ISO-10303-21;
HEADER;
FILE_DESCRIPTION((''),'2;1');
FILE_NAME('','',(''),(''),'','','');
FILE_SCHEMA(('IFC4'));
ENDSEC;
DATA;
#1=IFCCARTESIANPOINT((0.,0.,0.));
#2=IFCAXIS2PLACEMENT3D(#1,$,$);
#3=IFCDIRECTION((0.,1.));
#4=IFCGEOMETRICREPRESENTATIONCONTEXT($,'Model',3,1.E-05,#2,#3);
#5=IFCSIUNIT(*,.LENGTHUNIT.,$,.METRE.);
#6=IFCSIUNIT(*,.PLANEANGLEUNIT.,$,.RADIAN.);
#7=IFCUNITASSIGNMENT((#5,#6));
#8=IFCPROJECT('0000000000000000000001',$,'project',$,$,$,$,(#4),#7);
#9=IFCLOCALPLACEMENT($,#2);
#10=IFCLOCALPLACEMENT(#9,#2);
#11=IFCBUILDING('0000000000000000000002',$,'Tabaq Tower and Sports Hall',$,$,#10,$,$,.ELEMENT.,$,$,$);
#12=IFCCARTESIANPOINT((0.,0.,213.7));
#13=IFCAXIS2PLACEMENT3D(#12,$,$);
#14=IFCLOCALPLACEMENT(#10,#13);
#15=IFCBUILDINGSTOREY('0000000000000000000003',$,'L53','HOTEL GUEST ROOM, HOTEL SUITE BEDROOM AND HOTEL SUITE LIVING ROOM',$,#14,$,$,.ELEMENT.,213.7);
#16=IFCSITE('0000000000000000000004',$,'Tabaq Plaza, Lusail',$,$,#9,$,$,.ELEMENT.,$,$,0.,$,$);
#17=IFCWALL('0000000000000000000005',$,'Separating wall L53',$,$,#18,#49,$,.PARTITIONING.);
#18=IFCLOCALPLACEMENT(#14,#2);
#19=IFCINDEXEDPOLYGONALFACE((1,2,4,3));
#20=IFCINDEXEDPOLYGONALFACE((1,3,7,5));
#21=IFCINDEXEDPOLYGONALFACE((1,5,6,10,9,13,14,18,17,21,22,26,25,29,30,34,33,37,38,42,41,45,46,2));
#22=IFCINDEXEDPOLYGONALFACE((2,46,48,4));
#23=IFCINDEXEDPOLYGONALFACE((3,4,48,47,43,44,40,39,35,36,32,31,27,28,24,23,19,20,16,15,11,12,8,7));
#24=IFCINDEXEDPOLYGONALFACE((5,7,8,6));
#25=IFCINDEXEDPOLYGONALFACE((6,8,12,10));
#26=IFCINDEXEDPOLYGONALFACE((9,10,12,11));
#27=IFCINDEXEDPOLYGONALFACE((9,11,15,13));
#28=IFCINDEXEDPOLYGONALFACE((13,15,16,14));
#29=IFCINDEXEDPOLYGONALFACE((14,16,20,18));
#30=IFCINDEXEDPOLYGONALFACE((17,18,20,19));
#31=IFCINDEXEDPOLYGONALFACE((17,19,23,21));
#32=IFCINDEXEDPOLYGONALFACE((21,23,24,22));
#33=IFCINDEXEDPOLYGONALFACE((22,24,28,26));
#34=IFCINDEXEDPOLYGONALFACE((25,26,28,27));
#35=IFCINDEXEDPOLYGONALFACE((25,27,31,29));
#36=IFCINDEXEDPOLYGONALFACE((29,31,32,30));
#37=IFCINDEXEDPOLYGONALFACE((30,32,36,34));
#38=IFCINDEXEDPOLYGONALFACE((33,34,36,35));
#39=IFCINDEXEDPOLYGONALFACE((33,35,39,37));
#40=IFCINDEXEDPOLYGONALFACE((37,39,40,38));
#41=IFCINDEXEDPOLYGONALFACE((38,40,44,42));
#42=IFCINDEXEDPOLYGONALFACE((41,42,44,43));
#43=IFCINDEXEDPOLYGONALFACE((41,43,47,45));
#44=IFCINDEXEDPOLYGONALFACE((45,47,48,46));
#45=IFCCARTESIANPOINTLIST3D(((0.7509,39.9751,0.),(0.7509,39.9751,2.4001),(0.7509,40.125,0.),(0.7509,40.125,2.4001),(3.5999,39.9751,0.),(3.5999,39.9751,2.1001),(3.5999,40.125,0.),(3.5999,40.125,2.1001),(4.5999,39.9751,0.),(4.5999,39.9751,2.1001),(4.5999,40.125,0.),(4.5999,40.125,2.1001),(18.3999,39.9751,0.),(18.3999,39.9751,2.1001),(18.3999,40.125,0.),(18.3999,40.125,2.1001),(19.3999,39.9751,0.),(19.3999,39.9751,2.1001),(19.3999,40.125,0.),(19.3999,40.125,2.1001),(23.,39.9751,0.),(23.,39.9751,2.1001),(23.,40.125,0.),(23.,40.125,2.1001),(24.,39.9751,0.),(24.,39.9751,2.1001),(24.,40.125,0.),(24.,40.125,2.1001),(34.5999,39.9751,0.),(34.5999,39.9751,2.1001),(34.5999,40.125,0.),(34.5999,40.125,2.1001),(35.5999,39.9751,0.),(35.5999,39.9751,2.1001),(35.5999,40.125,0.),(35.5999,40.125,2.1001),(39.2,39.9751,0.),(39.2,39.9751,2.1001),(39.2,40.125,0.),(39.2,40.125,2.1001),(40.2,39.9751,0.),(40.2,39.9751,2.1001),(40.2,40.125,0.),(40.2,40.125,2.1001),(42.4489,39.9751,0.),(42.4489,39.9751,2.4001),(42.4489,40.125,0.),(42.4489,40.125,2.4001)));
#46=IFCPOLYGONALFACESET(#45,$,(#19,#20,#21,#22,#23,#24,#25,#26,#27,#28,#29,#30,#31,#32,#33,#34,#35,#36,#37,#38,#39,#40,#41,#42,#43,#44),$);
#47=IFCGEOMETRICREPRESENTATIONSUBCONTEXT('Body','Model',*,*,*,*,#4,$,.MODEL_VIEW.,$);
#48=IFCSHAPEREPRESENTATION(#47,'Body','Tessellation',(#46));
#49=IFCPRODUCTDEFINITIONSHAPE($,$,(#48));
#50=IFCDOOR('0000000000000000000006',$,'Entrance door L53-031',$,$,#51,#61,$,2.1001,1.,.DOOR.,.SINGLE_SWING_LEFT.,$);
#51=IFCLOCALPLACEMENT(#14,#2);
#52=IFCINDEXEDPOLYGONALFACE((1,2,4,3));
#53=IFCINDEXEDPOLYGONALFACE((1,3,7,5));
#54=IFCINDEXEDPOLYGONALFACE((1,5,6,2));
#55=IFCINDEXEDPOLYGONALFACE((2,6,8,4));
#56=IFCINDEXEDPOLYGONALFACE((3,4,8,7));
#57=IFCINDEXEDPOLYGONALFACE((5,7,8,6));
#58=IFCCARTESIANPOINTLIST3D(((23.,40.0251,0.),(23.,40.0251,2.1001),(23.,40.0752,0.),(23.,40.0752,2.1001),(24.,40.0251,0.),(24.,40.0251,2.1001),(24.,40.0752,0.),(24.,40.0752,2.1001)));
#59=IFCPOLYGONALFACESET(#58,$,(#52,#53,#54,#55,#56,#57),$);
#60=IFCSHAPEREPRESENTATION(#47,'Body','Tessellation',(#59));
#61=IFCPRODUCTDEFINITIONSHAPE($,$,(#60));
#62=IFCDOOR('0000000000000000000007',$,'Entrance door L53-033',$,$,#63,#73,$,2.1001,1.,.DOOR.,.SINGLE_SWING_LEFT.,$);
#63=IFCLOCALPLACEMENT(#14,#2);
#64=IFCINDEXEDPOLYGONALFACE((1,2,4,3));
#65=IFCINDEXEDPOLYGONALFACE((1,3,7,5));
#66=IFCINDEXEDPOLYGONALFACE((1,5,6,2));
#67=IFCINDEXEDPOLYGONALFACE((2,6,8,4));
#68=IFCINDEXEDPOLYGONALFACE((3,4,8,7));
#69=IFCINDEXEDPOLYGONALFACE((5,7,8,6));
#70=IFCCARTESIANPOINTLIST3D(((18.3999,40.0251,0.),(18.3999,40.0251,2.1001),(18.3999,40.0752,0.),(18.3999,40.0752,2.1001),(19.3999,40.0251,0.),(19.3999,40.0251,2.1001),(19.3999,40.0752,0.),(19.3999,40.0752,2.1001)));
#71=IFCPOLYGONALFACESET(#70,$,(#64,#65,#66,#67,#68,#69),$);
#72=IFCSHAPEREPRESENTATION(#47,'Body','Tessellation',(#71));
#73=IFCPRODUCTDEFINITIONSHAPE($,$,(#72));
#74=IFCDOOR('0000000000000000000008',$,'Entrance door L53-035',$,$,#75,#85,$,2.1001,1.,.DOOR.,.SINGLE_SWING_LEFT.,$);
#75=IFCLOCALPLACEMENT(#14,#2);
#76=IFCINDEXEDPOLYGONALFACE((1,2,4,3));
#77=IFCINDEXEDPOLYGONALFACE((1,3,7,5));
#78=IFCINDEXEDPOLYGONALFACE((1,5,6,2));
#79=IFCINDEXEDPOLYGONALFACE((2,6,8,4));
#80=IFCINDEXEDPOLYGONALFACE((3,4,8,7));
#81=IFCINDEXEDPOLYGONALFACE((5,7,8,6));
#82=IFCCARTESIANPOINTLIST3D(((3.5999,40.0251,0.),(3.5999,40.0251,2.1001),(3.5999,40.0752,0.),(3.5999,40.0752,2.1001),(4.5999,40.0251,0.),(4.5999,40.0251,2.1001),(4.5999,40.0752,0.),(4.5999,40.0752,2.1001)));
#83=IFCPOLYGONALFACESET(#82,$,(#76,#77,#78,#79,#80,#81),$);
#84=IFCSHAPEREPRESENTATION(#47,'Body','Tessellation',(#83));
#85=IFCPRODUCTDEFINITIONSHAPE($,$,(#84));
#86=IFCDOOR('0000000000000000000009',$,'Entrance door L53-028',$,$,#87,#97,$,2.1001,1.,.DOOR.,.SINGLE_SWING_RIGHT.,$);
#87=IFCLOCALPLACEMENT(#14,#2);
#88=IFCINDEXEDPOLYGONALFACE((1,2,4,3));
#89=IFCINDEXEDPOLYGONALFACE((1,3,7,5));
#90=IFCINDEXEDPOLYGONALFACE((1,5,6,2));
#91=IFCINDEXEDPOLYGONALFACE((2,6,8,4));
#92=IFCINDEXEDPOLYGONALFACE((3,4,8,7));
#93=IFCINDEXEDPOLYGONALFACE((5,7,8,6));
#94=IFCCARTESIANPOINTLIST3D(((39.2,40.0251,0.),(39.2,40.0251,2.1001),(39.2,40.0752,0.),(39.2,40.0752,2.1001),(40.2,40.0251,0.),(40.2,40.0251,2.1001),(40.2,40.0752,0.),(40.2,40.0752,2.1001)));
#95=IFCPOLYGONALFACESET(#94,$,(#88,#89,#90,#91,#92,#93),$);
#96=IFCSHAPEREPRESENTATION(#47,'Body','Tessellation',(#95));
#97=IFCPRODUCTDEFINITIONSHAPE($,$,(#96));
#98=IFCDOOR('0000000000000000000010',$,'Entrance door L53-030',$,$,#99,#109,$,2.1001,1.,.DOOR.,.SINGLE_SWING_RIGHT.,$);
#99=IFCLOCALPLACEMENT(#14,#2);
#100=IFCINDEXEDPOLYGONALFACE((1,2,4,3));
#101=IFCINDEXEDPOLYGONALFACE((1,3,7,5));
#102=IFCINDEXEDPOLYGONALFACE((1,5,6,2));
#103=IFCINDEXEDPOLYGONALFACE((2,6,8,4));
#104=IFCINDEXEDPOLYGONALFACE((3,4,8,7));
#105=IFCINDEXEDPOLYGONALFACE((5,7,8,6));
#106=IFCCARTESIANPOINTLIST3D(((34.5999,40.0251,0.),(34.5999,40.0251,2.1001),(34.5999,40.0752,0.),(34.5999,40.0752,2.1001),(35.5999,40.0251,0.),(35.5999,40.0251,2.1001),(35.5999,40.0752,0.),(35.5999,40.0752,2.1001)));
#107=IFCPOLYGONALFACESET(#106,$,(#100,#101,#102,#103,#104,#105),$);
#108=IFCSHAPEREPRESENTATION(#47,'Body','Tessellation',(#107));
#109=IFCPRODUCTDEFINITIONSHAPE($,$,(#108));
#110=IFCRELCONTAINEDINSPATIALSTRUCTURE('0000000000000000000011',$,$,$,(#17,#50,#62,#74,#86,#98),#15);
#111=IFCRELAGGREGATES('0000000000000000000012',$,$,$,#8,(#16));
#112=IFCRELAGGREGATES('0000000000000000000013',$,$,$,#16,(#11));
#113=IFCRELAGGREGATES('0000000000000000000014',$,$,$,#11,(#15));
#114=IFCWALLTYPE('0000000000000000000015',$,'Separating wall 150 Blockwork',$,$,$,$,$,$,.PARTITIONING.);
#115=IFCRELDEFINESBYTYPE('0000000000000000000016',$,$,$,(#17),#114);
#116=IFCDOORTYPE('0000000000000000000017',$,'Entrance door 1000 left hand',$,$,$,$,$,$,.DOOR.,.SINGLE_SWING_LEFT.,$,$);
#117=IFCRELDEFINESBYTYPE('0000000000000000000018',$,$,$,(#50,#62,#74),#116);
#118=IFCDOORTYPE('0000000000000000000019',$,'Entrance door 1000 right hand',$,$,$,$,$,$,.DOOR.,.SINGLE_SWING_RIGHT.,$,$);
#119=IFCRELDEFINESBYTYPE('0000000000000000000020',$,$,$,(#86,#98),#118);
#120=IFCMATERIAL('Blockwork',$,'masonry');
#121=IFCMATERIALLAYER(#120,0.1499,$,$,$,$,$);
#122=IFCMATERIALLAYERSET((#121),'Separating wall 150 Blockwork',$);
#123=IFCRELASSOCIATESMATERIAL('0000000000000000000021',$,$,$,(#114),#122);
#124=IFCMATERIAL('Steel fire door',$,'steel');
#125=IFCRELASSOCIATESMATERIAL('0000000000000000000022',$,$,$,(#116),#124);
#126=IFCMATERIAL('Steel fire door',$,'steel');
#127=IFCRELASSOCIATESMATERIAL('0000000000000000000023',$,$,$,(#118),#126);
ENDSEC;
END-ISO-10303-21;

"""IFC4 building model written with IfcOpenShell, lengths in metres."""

from ifc_helpers import new_model, si_unit, direction, frame, frame_2d, origin, place, context, subcontext, project, spatial, rectangle, extrude, material, layer, layer_set, type_object, element, fill, save


model = new_model("IFC4")

# Units and contexts
model_context = context("Model", 3, precision=1e-05, world=origin(), true_north=direction((0.0, 1.0)))
body_context = subcontext(model_context, "Body", "Model", "MODEL_VIEW")
ifc_project = project(units=[si_unit("LENGTHUNIT", "METRE"), si_unit("PLANEANGLEUNIT", "RADIAN")], contexts=[model_context])

# Site, building, storey
site_placement = place(None, origin())
site = spatial("IfcSite", under=ifc_project, at=site_placement, Name="Tabaq Plaza, Lusail", CompositionType="ELEMENT", RefElevation=0.0)
building_placement = place(site_placement, origin())
building = spatial("IfcBuilding", under=site, at=building_placement, Name="Tabaq Tower and Sports Hall", CompositionType="ELEMENT")
storey_placement = place(building_placement, frame((0.0, 0.0, 213.7)))
storey = spatial("IfcBuildingStorey", under=building, at=storey_placement, Name="L53", Description="HOTEL GUEST ROOM, HOTEL SUITE BEDROOM AND HOTEL SUITE LIVING ROOM", CompositionType="ELEMENT", Elevation=213.7)

# Wall, openings, doors
ifc_material_1 = material(Name="Blockwork", Category="masonry")
ifc_layer_1 = layer(ifc_material_1, 0.1499)
ifc_layer_set_1 = layer_set([ifc_layer_1], Name="Separating wall 150 Blockwork")
wall_type_1 = type_object("IfcWallType", Name="Separating wall 150 Blockwork", PredefinedType="PARTITIONING", material=ifc_layer_set_1)
wall_1_placement = place(storey_placement, frame((42.449, 40.05, 0.0), z_axis=(0.0, 0.0, 1.0), x_axis=(-1.0, 0.0, 0.0)))
wall_1 = element("IfcWall", 1, at=wall_1_placement, inside=storey, type_object=wall_type_1, Name="Separating wall L53", PredefinedType="PARTITIONING", context=body_context, shape_type="SweptSolid", body=[
    extrude(rectangle(XDim=41.698, YDim=0.1499, at=frame_2d((20.8491, 0.0))), origin(), (0.0, 0.0, 1.0), 2.4001),
])
opening_1_placement = place(wall_1_placement, frame((2.249, 0.0, 0.0)))
opening_1 = element("IfcOpeningElement", 2, at=opening_1_placement, cuts=wall_1, PredefinedType="OPENING", context=body_context, shape_type="SweptSolid", body=[
    extrude(rectangle(XDim=1.0, YDim=2.1001, at=frame_2d((0.5, 1.05))), frame((0.0, 0.075, 0.0), z_axis=(0.0, -1.0, 0.0), x_axis=(1.0, 0.0, 0.0)), (0.0, 0.0, 1.0), 0.1499),
])
opening_2_placement = place(wall_1_placement, frame((6.8491, 0.0, 0.0)))
opening_2 = element("IfcOpeningElement", 3, at=opening_2_placement, cuts=wall_1, PredefinedType="OPENING", context=body_context, shape_type="SweptSolid", body=[
    extrude(rectangle(XDim=1.0, YDim=2.1001, at=frame_2d((0.5, 1.05))), frame((0.0, 0.075, 0.0), z_axis=(0.0, -1.0, 0.0), x_axis=(1.0, 0.0, 0.0)), (0.0, 0.0, 1.0), 0.1499),
])
opening_3_placement = place(wall_1_placement, frame((18.449, 0.0, 0.0)))
opening_3 = element("IfcOpeningElement", 4, at=opening_3_placement, cuts=wall_1, PredefinedType="OPENING", context=body_context, shape_type="SweptSolid", body=[
    extrude(rectangle(XDim=1.0, YDim=2.1001, at=frame_2d((0.5, 1.05))), frame((0.0, 0.075, 0.0), z_axis=(0.0, -1.0, 0.0), x_axis=(1.0, 0.0, 0.0)), (0.0, 0.0, 1.0), 0.1499),
])
opening_4_placement = place(wall_1_placement, frame((23.0491, 0.0, 0.0)))
opening_4 = element("IfcOpeningElement", 5, at=opening_4_placement, cuts=wall_1, PredefinedType="OPENING", context=body_context, shape_type="SweptSolid", body=[
    extrude(rectangle(XDim=1.0, YDim=2.1001, at=frame_2d((0.5, 1.05))), frame((0.0, 0.075, 0.0), z_axis=(0.0, -1.0, 0.0), x_axis=(1.0, 0.0, 0.0)), (0.0, 0.0, 1.0), 0.1499),
])
opening_5_placement = place(wall_1_placement, frame((37.8491, 0.0, 0.0)))
opening_5 = element("IfcOpeningElement", 6, at=opening_5_placement, cuts=wall_1, PredefinedType="OPENING", context=body_context, shape_type="SweptSolid", body=[
    extrude(rectangle(XDim=1.0, YDim=2.1001, at=frame_2d((0.5, 1.05))), frame((0.0, 0.075, 0.0), z_axis=(0.0, -1.0, 0.0), x_axis=(1.0, 0.0, 0.0)), (0.0, 0.0, 1.0), 0.1499),
])
ifc_material_2 = material(Name="Steel fire door", Category="steel")
door_type_1 = type_object("IfcDoorType", Name="Entrance door 1000 left hand", OperationType="SINGLE_SWING_LEFT", PredefinedType="DOOR", material=ifc_material_2)
door_1_placement = place(opening_3_placement, origin())
door_1 = element("IfcDoor", 7, at=door_1_placement, inside=storey, type_object=door_type_1, Name="Entrance door L53-031", OperationType="SINGLE_SWING_LEFT", OverallHeight=2.1001, OverallWidth=1.0, PredefinedType="DOOR", context=body_context, shape_type="SweptSolid", body=[
    extrude(rectangle(XDim=1.0, YDim=2.1001, at=frame_2d((0.5, 1.05))), frame((0.0, 0.0249, 0.0), z_axis=(0.0, -1.0, 0.0), x_axis=(1.0, 0.0, 0.0)), (0.0, 0.0, 1.0), 0.05),
])
fill(opening_3, door_1)
door_2_placement = place(opening_4_placement, origin())
door_2 = element("IfcDoor", 8, at=door_2_placement, inside=storey, type_object=door_type_1, Name="Entrance door L53-033", OperationType="SINGLE_SWING_LEFT", OverallHeight=2.1001, OverallWidth=1.0, PredefinedType="DOOR", context=body_context, shape_type="SweptSolid", body=[
    extrude(rectangle(XDim=1.0, YDim=2.1001, at=frame_2d((0.5, 1.05))), frame((0.0, 0.0249, 0.0), z_axis=(0.0, -1.0, 0.0), x_axis=(1.0, 0.0, 0.0)), (0.0, 0.0, 1.0), 0.05),
])
fill(opening_4, door_2)
door_3_placement = place(opening_5_placement, origin())
door_3 = element("IfcDoor", 9, at=door_3_placement, inside=storey, type_object=door_type_1, Name="Entrance door L53-035", OperationType="SINGLE_SWING_LEFT", OverallHeight=2.1001, OverallWidth=1.0, PredefinedType="DOOR", context=body_context, shape_type="SweptSolid", body=[
    extrude(rectangle(XDim=1.0, YDim=2.1001, at=frame_2d((0.5, 1.05))), frame((0.0, 0.0249, 0.0), z_axis=(0.0, -1.0, 0.0), x_axis=(1.0, 0.0, 0.0)), (0.0, 0.0, 1.0), 0.05),
])
fill(opening_5, door_3)
ifc_material_3 = material(Name="Steel fire door", Category="steel")
door_type_2 = type_object("IfcDoorType", Name="Entrance door 1000 right hand", OperationType="SINGLE_SWING_RIGHT", PredefinedType="DOOR", material=ifc_material_3)
door_4_placement = place(opening_1_placement, origin())
door_4 = element("IfcDoor", 10, at=door_4_placement, inside=storey, type_object=door_type_2, Name="Entrance door L53-028", OperationType="SINGLE_SWING_RIGHT", OverallHeight=2.1001, OverallWidth=1.0, PredefinedType="DOOR", context=body_context, shape_type="SweptSolid", body=[
    extrude(rectangle(XDim=1.0, YDim=2.1001, at=frame_2d((0.5, 1.05))), frame((0.0, 0.0249, 0.0), z_axis=(0.0, -1.0, 0.0), x_axis=(1.0, 0.0, 0.0)), (0.0, 0.0, 1.0), 0.05),
])
fill(opening_1, door_4)
door_5_placement = place(opening_2_placement, origin())
door_5 = element("IfcDoor", 11, at=door_5_placement, inside=storey, type_object=door_type_2, Name="Entrance door L53-030", OperationType="SINGLE_SWING_RIGHT", OverallHeight=2.1001, OverallWidth=1.0, PredefinedType="DOOR", context=body_context, shape_type="SweptSolid", body=[
    extrude(rectangle(XDim=1.0, YDim=2.1001, at=frame_2d((0.5, 1.05))), frame((0.0, 0.0249, 0.0), z_axis=(0.0, -1.0, 0.0), x_axis=(1.0, 0.0, 0.0)), (0.0, 0.0, 1.0), 0.05),
])
fill(opening_2, door_5)

save(model, "model.ifc")
